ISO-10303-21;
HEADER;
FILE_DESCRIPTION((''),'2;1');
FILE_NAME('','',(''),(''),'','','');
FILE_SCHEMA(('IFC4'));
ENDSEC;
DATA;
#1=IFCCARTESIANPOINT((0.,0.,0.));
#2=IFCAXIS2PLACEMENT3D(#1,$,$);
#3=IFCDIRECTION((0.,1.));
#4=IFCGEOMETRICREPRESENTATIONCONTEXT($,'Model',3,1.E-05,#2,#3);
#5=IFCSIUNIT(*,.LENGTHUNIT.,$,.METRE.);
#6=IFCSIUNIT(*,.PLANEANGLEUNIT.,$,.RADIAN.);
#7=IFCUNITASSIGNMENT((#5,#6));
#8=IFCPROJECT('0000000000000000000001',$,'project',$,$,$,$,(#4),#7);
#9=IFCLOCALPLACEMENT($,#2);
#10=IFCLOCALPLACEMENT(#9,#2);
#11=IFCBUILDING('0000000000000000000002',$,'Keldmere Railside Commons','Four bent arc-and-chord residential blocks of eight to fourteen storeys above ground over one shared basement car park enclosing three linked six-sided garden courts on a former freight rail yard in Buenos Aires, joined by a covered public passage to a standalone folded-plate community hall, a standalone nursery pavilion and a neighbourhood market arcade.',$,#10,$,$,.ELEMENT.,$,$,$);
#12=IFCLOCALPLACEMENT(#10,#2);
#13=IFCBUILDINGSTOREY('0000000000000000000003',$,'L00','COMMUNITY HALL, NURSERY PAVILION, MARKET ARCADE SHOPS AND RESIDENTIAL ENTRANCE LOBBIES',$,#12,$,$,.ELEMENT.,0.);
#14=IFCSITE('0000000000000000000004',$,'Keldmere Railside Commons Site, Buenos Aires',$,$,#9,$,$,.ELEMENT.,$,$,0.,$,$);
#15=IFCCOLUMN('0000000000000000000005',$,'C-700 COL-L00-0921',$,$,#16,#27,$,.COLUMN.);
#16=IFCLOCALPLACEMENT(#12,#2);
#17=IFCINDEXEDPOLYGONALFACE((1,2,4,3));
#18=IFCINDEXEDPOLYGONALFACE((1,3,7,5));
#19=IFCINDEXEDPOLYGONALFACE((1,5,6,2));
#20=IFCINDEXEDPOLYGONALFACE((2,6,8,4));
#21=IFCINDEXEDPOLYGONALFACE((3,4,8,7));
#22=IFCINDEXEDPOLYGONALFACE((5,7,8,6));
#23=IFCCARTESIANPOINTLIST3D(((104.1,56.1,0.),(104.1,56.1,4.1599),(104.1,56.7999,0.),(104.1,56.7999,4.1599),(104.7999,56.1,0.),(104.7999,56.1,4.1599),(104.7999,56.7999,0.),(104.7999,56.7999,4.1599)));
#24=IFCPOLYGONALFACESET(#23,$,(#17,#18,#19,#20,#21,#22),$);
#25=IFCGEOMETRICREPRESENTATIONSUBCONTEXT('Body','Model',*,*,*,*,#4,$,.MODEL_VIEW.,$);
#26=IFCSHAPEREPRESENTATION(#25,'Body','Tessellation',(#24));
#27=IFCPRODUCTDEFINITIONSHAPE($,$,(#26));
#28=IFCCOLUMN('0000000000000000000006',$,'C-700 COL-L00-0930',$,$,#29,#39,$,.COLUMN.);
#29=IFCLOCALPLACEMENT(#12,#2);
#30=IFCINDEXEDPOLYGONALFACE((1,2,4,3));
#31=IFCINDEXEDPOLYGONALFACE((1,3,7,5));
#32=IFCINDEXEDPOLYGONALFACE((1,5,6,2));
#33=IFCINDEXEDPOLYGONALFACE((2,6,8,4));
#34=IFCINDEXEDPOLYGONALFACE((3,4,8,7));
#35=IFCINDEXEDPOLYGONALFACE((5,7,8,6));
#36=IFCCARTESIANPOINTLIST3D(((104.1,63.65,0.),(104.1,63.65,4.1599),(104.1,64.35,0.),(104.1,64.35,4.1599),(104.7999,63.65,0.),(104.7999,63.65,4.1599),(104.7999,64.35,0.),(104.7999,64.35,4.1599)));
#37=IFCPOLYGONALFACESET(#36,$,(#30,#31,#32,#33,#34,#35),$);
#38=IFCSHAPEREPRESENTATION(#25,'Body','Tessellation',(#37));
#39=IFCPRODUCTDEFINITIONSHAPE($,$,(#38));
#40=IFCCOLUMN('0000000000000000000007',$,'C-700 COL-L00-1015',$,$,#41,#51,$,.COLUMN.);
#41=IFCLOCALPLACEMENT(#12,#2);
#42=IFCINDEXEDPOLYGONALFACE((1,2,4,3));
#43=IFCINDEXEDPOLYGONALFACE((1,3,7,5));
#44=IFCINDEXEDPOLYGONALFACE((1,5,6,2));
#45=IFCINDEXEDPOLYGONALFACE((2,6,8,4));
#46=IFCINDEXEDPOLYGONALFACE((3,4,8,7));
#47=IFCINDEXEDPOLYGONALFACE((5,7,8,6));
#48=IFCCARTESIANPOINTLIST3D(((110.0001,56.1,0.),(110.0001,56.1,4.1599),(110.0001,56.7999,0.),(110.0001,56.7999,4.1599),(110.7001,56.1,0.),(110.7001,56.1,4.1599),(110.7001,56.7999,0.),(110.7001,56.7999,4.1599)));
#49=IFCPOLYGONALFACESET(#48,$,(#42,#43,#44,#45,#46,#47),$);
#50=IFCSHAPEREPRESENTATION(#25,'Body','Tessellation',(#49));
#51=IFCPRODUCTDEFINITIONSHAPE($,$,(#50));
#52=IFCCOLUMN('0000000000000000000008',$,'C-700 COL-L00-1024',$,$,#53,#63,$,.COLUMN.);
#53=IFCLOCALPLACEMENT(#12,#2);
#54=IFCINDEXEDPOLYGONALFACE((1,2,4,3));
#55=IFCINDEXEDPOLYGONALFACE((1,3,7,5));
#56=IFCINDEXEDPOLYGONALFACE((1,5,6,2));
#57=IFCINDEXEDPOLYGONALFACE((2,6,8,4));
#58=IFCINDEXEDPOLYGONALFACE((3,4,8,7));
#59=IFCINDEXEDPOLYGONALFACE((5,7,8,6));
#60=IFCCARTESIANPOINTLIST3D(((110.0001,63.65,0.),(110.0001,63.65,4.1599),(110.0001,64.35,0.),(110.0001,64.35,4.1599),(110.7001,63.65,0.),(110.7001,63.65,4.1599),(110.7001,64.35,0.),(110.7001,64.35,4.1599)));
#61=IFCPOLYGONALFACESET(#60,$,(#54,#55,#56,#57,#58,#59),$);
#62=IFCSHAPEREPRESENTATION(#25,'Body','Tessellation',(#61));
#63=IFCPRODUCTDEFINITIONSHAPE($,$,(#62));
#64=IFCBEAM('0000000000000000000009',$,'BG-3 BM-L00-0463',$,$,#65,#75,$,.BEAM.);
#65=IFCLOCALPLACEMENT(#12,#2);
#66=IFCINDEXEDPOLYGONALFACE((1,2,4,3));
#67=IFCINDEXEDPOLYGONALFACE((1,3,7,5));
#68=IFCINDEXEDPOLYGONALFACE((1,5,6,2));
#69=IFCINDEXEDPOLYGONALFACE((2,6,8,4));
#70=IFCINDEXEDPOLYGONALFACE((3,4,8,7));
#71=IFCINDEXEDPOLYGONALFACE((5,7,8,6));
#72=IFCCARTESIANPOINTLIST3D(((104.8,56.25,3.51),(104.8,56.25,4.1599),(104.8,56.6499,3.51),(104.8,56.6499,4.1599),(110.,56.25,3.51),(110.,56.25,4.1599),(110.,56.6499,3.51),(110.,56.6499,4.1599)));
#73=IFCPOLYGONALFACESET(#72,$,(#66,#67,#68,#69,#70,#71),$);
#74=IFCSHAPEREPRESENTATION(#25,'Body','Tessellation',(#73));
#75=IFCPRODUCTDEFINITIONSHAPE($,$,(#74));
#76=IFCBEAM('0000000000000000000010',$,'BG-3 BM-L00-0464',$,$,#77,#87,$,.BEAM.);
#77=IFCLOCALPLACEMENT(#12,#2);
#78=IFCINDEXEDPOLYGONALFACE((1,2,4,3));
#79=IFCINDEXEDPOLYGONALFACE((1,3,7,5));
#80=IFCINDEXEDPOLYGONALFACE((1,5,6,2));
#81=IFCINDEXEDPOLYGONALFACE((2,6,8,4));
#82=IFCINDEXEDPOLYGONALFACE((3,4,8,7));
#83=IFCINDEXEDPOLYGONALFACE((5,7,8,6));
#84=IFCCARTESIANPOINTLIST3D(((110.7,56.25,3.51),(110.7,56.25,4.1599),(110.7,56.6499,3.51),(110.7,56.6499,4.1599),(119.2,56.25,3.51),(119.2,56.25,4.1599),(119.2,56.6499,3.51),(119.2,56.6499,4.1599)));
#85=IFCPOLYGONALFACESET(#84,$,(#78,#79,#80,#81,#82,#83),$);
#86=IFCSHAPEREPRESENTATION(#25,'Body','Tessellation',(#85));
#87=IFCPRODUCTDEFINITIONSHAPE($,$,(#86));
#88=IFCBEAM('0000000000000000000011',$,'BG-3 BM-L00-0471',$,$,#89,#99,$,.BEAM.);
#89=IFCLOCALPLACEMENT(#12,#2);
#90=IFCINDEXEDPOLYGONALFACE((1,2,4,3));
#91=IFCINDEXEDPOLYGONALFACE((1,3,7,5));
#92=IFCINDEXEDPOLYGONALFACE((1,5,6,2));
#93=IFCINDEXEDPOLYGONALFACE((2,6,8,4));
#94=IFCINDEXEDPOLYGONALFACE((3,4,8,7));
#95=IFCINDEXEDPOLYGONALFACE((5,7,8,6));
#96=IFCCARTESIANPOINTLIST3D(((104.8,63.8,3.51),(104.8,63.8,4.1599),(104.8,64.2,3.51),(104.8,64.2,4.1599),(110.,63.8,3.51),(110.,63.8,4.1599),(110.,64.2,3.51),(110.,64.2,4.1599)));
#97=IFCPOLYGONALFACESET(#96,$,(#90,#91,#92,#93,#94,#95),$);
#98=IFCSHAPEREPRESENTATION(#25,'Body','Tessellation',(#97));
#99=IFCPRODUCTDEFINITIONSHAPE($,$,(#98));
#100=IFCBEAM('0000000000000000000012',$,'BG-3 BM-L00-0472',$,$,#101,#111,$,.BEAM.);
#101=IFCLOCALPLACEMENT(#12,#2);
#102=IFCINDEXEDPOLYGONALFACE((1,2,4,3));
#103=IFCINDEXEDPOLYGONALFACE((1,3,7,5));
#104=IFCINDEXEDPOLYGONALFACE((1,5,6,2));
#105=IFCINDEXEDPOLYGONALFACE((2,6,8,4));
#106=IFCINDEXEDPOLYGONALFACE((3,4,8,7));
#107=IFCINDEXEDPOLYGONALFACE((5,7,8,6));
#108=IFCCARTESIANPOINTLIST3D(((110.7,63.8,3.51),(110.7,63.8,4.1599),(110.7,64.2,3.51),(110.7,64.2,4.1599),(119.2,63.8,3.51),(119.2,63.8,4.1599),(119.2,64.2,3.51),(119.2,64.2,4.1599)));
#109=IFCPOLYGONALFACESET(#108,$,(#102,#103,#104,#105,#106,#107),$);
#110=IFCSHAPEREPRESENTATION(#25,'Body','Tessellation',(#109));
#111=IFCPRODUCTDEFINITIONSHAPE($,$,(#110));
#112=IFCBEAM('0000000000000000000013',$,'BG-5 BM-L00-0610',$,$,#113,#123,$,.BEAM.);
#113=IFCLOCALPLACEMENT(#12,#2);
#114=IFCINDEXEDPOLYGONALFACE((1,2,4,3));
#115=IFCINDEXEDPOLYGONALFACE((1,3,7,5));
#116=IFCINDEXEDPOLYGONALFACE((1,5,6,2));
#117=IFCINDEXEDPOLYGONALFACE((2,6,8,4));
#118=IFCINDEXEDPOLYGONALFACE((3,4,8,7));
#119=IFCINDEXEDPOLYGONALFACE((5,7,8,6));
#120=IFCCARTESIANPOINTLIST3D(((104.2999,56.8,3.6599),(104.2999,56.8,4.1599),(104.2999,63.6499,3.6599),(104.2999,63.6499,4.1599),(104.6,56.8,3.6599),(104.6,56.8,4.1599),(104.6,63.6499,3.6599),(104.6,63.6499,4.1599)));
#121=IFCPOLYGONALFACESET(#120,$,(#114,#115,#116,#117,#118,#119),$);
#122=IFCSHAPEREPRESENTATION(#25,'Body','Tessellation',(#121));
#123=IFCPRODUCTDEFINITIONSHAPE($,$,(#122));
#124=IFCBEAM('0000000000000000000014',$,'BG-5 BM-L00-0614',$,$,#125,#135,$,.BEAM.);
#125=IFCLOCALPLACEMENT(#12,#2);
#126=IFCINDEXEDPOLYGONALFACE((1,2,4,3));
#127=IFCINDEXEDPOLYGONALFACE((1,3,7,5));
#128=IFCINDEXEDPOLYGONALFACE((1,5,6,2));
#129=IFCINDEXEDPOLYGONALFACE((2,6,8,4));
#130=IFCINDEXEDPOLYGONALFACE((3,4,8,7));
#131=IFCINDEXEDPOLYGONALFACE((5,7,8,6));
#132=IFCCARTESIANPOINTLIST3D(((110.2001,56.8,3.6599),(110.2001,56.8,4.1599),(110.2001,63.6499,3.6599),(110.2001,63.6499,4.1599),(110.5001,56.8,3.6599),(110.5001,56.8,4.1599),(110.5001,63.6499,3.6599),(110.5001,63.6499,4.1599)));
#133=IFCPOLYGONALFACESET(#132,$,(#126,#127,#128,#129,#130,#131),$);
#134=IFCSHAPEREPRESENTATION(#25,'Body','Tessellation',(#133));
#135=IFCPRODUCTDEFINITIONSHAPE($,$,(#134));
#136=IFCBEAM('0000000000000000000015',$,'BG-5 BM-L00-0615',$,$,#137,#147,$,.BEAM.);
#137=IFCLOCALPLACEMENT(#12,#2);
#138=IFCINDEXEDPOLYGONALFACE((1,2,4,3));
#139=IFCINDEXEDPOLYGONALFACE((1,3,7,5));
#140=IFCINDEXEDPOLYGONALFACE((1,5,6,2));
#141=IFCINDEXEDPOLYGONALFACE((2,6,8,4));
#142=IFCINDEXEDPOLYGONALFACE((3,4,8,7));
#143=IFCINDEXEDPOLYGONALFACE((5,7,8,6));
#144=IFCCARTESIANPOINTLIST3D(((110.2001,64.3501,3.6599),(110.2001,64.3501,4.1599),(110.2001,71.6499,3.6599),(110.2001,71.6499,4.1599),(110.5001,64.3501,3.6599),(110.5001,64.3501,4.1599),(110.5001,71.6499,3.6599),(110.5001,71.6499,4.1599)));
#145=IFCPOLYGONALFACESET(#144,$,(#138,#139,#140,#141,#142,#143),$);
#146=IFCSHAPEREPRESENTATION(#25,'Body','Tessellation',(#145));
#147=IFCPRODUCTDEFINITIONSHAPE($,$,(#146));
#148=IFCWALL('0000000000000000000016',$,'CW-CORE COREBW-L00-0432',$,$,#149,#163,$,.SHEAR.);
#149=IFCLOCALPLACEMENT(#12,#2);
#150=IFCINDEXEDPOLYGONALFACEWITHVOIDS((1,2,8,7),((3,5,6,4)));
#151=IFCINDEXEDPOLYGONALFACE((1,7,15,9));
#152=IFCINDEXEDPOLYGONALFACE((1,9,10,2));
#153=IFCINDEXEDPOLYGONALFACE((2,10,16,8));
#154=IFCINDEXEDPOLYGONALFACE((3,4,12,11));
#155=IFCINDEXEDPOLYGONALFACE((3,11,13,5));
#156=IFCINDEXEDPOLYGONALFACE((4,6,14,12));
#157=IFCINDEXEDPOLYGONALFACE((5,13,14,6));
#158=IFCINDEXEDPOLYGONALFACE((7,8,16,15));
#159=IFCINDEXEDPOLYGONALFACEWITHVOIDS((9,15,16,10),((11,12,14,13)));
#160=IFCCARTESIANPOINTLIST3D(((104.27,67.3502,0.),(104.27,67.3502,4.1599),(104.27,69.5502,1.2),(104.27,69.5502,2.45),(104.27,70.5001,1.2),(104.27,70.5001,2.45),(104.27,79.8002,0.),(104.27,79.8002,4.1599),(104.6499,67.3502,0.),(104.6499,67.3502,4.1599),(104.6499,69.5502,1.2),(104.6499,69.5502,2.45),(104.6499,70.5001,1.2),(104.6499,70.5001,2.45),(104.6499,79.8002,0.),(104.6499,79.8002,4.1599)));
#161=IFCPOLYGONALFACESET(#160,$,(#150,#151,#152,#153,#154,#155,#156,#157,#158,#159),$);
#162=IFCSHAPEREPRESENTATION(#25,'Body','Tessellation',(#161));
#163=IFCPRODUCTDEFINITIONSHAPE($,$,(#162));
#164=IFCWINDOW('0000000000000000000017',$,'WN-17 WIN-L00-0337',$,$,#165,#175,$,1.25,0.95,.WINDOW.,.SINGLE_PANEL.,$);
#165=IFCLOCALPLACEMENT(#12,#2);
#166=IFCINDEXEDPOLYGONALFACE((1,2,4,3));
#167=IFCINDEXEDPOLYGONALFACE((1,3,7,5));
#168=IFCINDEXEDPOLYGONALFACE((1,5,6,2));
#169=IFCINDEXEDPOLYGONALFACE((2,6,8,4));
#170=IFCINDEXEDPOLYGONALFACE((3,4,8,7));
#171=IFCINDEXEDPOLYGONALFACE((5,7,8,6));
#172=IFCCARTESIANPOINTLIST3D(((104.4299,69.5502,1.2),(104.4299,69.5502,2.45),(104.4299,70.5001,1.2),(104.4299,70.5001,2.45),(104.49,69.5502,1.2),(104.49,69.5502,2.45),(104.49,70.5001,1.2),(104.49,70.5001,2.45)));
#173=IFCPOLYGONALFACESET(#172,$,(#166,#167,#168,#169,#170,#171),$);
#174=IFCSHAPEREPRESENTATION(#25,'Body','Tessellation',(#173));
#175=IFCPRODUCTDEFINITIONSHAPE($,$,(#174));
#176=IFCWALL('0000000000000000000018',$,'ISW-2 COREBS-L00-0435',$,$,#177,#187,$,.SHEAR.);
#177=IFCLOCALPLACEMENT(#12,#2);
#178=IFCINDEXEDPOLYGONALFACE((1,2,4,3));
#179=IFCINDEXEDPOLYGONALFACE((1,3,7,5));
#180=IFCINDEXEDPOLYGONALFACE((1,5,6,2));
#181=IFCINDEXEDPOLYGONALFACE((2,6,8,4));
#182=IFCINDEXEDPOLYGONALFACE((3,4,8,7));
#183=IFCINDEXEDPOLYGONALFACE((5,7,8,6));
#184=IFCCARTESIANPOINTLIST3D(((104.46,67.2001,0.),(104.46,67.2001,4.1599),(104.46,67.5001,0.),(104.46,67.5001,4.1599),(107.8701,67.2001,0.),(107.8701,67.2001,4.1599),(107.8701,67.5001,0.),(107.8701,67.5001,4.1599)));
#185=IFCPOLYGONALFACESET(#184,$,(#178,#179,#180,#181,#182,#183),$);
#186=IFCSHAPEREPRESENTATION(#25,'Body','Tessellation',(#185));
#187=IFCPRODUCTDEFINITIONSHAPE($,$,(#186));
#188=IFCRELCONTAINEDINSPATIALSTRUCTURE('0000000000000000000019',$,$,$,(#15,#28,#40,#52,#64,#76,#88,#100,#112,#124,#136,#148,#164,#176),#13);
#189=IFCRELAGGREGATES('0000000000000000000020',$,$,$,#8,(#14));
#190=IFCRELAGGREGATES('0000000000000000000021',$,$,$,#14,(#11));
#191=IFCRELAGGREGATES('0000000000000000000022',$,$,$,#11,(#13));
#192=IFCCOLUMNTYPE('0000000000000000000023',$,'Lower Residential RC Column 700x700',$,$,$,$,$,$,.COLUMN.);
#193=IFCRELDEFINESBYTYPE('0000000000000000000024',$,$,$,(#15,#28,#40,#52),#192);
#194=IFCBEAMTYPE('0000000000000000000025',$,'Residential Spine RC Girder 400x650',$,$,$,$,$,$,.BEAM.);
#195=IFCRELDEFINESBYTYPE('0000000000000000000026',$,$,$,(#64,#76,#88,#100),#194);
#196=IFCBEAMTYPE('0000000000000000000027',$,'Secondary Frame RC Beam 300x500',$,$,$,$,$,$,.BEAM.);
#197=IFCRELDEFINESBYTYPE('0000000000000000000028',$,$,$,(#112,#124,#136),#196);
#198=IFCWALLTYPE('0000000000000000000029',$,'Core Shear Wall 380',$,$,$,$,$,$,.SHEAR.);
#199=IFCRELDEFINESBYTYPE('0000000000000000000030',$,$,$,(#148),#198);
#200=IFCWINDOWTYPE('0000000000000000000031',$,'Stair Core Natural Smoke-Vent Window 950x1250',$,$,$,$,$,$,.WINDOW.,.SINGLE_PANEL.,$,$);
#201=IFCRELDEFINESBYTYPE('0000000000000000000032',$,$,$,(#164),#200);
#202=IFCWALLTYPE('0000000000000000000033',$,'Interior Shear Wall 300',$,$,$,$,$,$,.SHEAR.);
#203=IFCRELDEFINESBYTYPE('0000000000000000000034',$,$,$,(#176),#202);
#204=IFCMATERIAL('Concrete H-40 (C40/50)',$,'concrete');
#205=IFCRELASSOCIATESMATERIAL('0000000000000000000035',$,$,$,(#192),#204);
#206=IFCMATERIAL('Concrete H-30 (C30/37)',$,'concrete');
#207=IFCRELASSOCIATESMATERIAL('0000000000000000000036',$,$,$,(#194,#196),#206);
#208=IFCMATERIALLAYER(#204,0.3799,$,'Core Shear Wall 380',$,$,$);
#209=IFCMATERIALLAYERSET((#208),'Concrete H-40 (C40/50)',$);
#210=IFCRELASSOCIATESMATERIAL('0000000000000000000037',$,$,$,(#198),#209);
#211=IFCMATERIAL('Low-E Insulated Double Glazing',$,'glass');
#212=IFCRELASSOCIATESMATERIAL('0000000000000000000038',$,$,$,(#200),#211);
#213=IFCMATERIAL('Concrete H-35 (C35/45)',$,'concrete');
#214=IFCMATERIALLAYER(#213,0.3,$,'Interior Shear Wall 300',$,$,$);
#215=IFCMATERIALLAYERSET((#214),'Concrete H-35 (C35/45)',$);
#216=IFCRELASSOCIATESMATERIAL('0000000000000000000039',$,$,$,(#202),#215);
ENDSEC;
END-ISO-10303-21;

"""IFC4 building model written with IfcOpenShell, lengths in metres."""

from ifc_helpers import new_model, si_unit, direction, frame, frame_2d, origin, origin_2d, place, context, subcontext, project, spatial, rectangle, extrude, material, layer, layer_set, material_profile, profile_set, type_object, element, fill, save


model = new_model("IFC4")

# Units and contexts
model_context = context("Model", 3, precision=1e-05, world=origin(), true_north=direction((0.0, 1.0)))
body_context = subcontext(model_context, "Body", "Model", "MODEL_VIEW")
ifc_project = project(units=[si_unit("LENGTHUNIT", "METRE"), si_unit("PLANEANGLEUNIT", "RADIAN")], contexts=[model_context])

# Site, building, storey
site_placement = place(None, origin())
site = spatial("IfcSite", under=ifc_project, at=site_placement, Name="Keldmere Railside Commons Site, Buenos Aires", CompositionType="ELEMENT", RefElevation=0.0)
building_placement = place(site_placement, origin())
building = spatial("IfcBuilding", under=site, at=building_placement, Name="Keldmere Railside Commons", Description="Four bent arc-and-chord residential blocks of eight to fourteen storeys above ground over one shared basement car park enclosing three linked six-sided garden courts on a former freight rail yard in Buenos Aires, joined by a covered public passage to a standalone folded-plate community hall, a standalone nursery pavilion and a neighbourhood market arcade.", CompositionType="ELEMENT")
storey_placement = place(building_placement, origin())
storey = spatial("IfcBuildingStorey", under=building, at=storey_placement, Name="L00", Description="COMMUNITY HALL, NURSERY PAVILION, MARKET ARCADE SHOPS AND RESIDENTIAL ENTRANCE LOBBIES", CompositionType="ELEMENT", Elevation=0.0)

# Columns
ifc_material_1 = material(Name="Concrete H-40 (C40/50)", Category="concrete")
ifc_material_profile_1 = material_profile(ifc_material_1, rectangle(XDim=0.7, YDim=0.7, at=origin_2d()), Name="RC-700x700")
ifc_profile_set_1 = profile_set([ifc_material_profile_1], Name="Concrete H-40 (C40/50)")
column_type = type_object("IfcColumnType", Name="Lower Residential RC Column 700x700", PredefinedType="COLUMN", material=ifc_profile_set_1)
for number, where, z_axis, x_axis, name in (
    (1, (104.45, 56.45, 0.0), (0.0, 0.0, 1.0), (1.0, 0.0, 0.0), "C-700 COL-L00-0921"),
    (2, (104.45, 64.0, 0.0), (0.0, 0.0, 1.0), (1.0, 0.0, 0.0), "C-700 COL-L00-0930"),
    (3, (110.3501, 56.45, 0.0), (0.0, 0.0, 1.0), (1.0, 0.0, 0.0), "C-700 COL-L00-1015"),
    (4, (110.3501, 64.0, 0.0), (0.0, 0.0, 1.0), (1.0, 0.0, 0.0), "C-700 COL-L00-1024"),
):
    element("IfcColumn", number, at=place(storey_placement, frame(where, z_axis=z_axis, x_axis=x_axis)), inside=storey, type_object=column_type, Name=name, PredefinedType="COLUMN", context=body_context, shape_type="SweptSolid", body=[
        extrude(rectangle(XDim=0.7, YDim=0.7, at=origin_2d()), origin(), (0.0, 0.0, 1.0), 4.1599),
    ])

# Beams
ifc_material_2 = material(Name="Concrete H-30 (C30/37)", Category="concrete")
ifc_material_profile_2 = material_profile(ifc_material_2, rectangle(XDim=0.3999, YDim=0.6499, at=origin_2d()), Name="RC-400x650")
ifc_profile_set_2 = profile_set([ifc_material_profile_2], Name="Concrete H-30 (C30/37)")
beam_type_1 = type_object("IfcBeamType", Name="Residential Spine RC Girder 400x650", PredefinedType="BEAM", material=ifc_profile_set_2)
beam_1_placement = place(storey_placement, frame((104.8, 56.45, 3.835), z_axis=(1.0, 0.0, 0.0), x_axis=(0.0, 1.0, 0.0)))
element("IfcBeam", 5, at=beam_1_placement, inside=storey, type_object=beam_type_1, Name="BG-3 BM-L00-0463", PredefinedType="BEAM", context=body_context, shape_type="SweptSolid", body=[
    extrude(rectangle(XDim=0.3999, YDim=0.6499, at=origin_2d()), origin(), (0.0, 0.0, 1.0), 5.2),
])
beam_2_placement = place(storey_placement, frame((110.7, 56.45, 3.835), z_axis=(1.0, 0.0, 0.0), x_axis=(0.0, 1.0, 0.0)))
element("IfcBeam", 6, at=beam_2_placement, inside=storey, type_object=beam_type_1, Name="BG-3 BM-L00-0464", PredefinedType="BEAM", context=body_context, shape_type="SweptSolid", body=[
    extrude(rectangle(XDim=0.3999, YDim=0.6499, at=origin_2d()), origin(), (0.0, 0.0, 1.0), 8.5),
])
beam_3_placement = place(storey_placement, frame((104.8, 64.0, 3.835), z_axis=(1.0, 0.0, 0.0), x_axis=(0.0, 1.0, 0.0)))
element("IfcBeam", 7, at=beam_3_placement, inside=storey, type_object=beam_type_1, Name="BG-3 BM-L00-0471", PredefinedType="BEAM", context=body_context, shape_type="SweptSolid", body=[
    extrude(rectangle(XDim=0.3999, YDim=0.6499, at=origin_2d()), origin(), (0.0, 0.0, 1.0), 5.2),
])
beam_4_placement = place(storey_placement, frame((110.7, 64.0, 3.835), z_axis=(1.0, 0.0, 0.0), x_axis=(0.0, 1.0, 0.0)))
element("IfcBeam", 8, at=beam_4_placement, inside=storey, type_object=beam_type_1, Name="BG-3 BM-L00-0472", PredefinedType="BEAM", context=body_context, shape_type="SweptSolid", body=[
    extrude(rectangle(XDim=0.3999, YDim=0.6499, at=origin_2d()), origin(), (0.0, 0.0, 1.0), 8.5),
])
ifc_material_profile_3 = material_profile(ifc_material_2, rectangle(XDim=0.3, YDim=0.5, at=origin_2d()), Name="RC-300x500")
ifc_profile_set_3 = profile_set([ifc_material_profile_3], Name="Concrete H-30 (C30/37)")
beam_type_2 = type_object("IfcBeamType", Name="Secondary Frame RC Beam 300x500", PredefinedType="BEAM", material=ifc_profile_set_3)
for number, where, z_axis, x_axis, name in (
    (9, (104.45, 56.8, 3.9099), (0.0, 1.0, 0.0), (-1.0, 0.0, 0.0), "BG-5 BM-L00-0610"),
    (10, (110.3501, 56.8, 3.9099), (0.0, 1.0, 0.0), (-1.0, 0.0, 0.0), "BG-5 BM-L00-0614"),
):
    element("IfcBeam", number, at=place(storey_placement, frame(where, z_axis=z_axis, x_axis=x_axis)), inside=storey, type_object=beam_type_2, Name=name, PredefinedType="BEAM", context=body_context, shape_type="SweptSolid", body=[
        extrude(rectangle(XDim=0.3, YDim=0.5, at=origin_2d()), origin(), (0.0, 0.0, 1.0), 6.8499),
    ])
beam_5_placement = place(storey_placement, frame((110.3501, 64.3501, 3.9099), z_axis=(0.0, 1.0, 0.0), x_axis=(-1.0, 0.0, 0.0)))
element("IfcBeam", 11, at=beam_5_placement, inside=storey, type_object=beam_type_2, Name="BG-5 BM-L00-0615", PredefinedType="BEAM", context=body_context, shape_type="SweptSolid", body=[
    extrude(rectangle(XDim=0.3, YDim=0.5, at=origin_2d()), origin(), (0.0, 0.0, 1.0), 7.2998),
])

# Wall, opening, window
ifc_layer_1 = layer(ifc_material_1, 0.3799, Name="Core Shear Wall 380")
ifc_layer_set_1 = layer_set([ifc_layer_1], Name="Concrete H-40 (C40/50)")
wall_type_1 = type_object("IfcWallType", Name="Core Shear Wall 380", PredefinedType="SHEAR", material=ifc_layer_set_1)
wall_1_placement = place(storey_placement, frame((104.46, 67.3501, 0.0), z_axis=(0.0, 0.0, 1.0), x_axis=(0.0, 1.0, 0.0)))
wall_1 = element("IfcWall", 12, at=wall_1_placement, inside=storey, type_object=wall_type_1, Name="CW-CORE COREBW-L00-0432", PredefinedType="SHEAR", context=body_context, shape_type="SweptSolid", body=[
    extrude(rectangle(XDim=12.45, YDim=0.3799, at=frame_2d((6.2251, 0.0))), origin(), (0.0, 0.0, 1.0), 4.1599),
])
opening_1_placement = place(wall_1_placement, frame((2.2, 0.0, 1.2)))
opening_1 = element("IfcOpeningElement", 13, at=opening_1_placement, cuts=wall_1, PredefinedType="OPENING", context=body_context, shape_type="SweptSolid", body=[
    extrude(rectangle(XDim=0.95, YDim=1.25, at=frame_2d((0.4751, 0.625))), frame((0.0, 0.2, 0.0), z_axis=(0.0, -1.0, 0.0), x_axis=(1.0, 0.0, 0.0)), (0.0, 0.0, 1.0), 0.3999),
])
ifc_material_3 = material(Name="Low-E Insulated Double Glazing", Category="glass")
window_type = type_object("IfcWindowType", Name="Stair Core Natural Smoke-Vent Window 950x1250", PartitioningType="SINGLE_PANEL", PredefinedType="WINDOW", material=ifc_material_3)
window_placement = place(opening_1_placement, origin())
window = element("IfcWindow", 14, at=window_placement, inside=storey, type_object=window_type, Name="WN-17 WIN-L00-0337", OverallHeight=1.25, OverallWidth=0.95, PartitioningType="SINGLE_PANEL", PredefinedType="WINDOW", context=body_context, shape_type="SweptSolid", body=[
    extrude(rectangle(XDim=0.95, YDim=1.25, at=frame_2d((0.4751, 0.625))), frame((0.0, 0.03, 0.0), z_axis=(0.0, -1.0, 0.0), x_axis=(1.0, 0.0, 0.0)), (0.0, 0.0, 1.0), 0.0601),
])
fill(opening_1, window)

# Wall
ifc_material_4 = material(Name="Concrete H-35 (C35/45)", Category="concrete")
ifc_layer_2 = layer(ifc_material_4, 0.3, Name="Interior Shear Wall 300")
ifc_layer_set_2 = layer_set([ifc_layer_2], Name="Concrete H-35 (C35/45)")
wall_type_2 = type_object("IfcWallType", Name="Interior Shear Wall 300", PredefinedType="SHEAR", material=ifc_layer_set_2)
wall_2_placement = place(storey_placement, frame((107.8701, 67.3501, 0.0), z_axis=(0.0, 0.0, 1.0), x_axis=(-1.0, 0.0, 0.0)))
element("IfcWall", 15, at=wall_2_placement, inside=storey, type_object=wall_type_2, Name="ISW-2 COREBS-L00-0435", PredefinedType="SHEAR", context=body_context, shape_type="SweptSolid", body=[
    extrude(rectangle(XDim=3.4102, YDim=0.3, at=frame_2d((1.7051, 0.0))), origin(), (0.0, 0.0, 1.0), 4.1599),
])

save(model, "model.ifc")
